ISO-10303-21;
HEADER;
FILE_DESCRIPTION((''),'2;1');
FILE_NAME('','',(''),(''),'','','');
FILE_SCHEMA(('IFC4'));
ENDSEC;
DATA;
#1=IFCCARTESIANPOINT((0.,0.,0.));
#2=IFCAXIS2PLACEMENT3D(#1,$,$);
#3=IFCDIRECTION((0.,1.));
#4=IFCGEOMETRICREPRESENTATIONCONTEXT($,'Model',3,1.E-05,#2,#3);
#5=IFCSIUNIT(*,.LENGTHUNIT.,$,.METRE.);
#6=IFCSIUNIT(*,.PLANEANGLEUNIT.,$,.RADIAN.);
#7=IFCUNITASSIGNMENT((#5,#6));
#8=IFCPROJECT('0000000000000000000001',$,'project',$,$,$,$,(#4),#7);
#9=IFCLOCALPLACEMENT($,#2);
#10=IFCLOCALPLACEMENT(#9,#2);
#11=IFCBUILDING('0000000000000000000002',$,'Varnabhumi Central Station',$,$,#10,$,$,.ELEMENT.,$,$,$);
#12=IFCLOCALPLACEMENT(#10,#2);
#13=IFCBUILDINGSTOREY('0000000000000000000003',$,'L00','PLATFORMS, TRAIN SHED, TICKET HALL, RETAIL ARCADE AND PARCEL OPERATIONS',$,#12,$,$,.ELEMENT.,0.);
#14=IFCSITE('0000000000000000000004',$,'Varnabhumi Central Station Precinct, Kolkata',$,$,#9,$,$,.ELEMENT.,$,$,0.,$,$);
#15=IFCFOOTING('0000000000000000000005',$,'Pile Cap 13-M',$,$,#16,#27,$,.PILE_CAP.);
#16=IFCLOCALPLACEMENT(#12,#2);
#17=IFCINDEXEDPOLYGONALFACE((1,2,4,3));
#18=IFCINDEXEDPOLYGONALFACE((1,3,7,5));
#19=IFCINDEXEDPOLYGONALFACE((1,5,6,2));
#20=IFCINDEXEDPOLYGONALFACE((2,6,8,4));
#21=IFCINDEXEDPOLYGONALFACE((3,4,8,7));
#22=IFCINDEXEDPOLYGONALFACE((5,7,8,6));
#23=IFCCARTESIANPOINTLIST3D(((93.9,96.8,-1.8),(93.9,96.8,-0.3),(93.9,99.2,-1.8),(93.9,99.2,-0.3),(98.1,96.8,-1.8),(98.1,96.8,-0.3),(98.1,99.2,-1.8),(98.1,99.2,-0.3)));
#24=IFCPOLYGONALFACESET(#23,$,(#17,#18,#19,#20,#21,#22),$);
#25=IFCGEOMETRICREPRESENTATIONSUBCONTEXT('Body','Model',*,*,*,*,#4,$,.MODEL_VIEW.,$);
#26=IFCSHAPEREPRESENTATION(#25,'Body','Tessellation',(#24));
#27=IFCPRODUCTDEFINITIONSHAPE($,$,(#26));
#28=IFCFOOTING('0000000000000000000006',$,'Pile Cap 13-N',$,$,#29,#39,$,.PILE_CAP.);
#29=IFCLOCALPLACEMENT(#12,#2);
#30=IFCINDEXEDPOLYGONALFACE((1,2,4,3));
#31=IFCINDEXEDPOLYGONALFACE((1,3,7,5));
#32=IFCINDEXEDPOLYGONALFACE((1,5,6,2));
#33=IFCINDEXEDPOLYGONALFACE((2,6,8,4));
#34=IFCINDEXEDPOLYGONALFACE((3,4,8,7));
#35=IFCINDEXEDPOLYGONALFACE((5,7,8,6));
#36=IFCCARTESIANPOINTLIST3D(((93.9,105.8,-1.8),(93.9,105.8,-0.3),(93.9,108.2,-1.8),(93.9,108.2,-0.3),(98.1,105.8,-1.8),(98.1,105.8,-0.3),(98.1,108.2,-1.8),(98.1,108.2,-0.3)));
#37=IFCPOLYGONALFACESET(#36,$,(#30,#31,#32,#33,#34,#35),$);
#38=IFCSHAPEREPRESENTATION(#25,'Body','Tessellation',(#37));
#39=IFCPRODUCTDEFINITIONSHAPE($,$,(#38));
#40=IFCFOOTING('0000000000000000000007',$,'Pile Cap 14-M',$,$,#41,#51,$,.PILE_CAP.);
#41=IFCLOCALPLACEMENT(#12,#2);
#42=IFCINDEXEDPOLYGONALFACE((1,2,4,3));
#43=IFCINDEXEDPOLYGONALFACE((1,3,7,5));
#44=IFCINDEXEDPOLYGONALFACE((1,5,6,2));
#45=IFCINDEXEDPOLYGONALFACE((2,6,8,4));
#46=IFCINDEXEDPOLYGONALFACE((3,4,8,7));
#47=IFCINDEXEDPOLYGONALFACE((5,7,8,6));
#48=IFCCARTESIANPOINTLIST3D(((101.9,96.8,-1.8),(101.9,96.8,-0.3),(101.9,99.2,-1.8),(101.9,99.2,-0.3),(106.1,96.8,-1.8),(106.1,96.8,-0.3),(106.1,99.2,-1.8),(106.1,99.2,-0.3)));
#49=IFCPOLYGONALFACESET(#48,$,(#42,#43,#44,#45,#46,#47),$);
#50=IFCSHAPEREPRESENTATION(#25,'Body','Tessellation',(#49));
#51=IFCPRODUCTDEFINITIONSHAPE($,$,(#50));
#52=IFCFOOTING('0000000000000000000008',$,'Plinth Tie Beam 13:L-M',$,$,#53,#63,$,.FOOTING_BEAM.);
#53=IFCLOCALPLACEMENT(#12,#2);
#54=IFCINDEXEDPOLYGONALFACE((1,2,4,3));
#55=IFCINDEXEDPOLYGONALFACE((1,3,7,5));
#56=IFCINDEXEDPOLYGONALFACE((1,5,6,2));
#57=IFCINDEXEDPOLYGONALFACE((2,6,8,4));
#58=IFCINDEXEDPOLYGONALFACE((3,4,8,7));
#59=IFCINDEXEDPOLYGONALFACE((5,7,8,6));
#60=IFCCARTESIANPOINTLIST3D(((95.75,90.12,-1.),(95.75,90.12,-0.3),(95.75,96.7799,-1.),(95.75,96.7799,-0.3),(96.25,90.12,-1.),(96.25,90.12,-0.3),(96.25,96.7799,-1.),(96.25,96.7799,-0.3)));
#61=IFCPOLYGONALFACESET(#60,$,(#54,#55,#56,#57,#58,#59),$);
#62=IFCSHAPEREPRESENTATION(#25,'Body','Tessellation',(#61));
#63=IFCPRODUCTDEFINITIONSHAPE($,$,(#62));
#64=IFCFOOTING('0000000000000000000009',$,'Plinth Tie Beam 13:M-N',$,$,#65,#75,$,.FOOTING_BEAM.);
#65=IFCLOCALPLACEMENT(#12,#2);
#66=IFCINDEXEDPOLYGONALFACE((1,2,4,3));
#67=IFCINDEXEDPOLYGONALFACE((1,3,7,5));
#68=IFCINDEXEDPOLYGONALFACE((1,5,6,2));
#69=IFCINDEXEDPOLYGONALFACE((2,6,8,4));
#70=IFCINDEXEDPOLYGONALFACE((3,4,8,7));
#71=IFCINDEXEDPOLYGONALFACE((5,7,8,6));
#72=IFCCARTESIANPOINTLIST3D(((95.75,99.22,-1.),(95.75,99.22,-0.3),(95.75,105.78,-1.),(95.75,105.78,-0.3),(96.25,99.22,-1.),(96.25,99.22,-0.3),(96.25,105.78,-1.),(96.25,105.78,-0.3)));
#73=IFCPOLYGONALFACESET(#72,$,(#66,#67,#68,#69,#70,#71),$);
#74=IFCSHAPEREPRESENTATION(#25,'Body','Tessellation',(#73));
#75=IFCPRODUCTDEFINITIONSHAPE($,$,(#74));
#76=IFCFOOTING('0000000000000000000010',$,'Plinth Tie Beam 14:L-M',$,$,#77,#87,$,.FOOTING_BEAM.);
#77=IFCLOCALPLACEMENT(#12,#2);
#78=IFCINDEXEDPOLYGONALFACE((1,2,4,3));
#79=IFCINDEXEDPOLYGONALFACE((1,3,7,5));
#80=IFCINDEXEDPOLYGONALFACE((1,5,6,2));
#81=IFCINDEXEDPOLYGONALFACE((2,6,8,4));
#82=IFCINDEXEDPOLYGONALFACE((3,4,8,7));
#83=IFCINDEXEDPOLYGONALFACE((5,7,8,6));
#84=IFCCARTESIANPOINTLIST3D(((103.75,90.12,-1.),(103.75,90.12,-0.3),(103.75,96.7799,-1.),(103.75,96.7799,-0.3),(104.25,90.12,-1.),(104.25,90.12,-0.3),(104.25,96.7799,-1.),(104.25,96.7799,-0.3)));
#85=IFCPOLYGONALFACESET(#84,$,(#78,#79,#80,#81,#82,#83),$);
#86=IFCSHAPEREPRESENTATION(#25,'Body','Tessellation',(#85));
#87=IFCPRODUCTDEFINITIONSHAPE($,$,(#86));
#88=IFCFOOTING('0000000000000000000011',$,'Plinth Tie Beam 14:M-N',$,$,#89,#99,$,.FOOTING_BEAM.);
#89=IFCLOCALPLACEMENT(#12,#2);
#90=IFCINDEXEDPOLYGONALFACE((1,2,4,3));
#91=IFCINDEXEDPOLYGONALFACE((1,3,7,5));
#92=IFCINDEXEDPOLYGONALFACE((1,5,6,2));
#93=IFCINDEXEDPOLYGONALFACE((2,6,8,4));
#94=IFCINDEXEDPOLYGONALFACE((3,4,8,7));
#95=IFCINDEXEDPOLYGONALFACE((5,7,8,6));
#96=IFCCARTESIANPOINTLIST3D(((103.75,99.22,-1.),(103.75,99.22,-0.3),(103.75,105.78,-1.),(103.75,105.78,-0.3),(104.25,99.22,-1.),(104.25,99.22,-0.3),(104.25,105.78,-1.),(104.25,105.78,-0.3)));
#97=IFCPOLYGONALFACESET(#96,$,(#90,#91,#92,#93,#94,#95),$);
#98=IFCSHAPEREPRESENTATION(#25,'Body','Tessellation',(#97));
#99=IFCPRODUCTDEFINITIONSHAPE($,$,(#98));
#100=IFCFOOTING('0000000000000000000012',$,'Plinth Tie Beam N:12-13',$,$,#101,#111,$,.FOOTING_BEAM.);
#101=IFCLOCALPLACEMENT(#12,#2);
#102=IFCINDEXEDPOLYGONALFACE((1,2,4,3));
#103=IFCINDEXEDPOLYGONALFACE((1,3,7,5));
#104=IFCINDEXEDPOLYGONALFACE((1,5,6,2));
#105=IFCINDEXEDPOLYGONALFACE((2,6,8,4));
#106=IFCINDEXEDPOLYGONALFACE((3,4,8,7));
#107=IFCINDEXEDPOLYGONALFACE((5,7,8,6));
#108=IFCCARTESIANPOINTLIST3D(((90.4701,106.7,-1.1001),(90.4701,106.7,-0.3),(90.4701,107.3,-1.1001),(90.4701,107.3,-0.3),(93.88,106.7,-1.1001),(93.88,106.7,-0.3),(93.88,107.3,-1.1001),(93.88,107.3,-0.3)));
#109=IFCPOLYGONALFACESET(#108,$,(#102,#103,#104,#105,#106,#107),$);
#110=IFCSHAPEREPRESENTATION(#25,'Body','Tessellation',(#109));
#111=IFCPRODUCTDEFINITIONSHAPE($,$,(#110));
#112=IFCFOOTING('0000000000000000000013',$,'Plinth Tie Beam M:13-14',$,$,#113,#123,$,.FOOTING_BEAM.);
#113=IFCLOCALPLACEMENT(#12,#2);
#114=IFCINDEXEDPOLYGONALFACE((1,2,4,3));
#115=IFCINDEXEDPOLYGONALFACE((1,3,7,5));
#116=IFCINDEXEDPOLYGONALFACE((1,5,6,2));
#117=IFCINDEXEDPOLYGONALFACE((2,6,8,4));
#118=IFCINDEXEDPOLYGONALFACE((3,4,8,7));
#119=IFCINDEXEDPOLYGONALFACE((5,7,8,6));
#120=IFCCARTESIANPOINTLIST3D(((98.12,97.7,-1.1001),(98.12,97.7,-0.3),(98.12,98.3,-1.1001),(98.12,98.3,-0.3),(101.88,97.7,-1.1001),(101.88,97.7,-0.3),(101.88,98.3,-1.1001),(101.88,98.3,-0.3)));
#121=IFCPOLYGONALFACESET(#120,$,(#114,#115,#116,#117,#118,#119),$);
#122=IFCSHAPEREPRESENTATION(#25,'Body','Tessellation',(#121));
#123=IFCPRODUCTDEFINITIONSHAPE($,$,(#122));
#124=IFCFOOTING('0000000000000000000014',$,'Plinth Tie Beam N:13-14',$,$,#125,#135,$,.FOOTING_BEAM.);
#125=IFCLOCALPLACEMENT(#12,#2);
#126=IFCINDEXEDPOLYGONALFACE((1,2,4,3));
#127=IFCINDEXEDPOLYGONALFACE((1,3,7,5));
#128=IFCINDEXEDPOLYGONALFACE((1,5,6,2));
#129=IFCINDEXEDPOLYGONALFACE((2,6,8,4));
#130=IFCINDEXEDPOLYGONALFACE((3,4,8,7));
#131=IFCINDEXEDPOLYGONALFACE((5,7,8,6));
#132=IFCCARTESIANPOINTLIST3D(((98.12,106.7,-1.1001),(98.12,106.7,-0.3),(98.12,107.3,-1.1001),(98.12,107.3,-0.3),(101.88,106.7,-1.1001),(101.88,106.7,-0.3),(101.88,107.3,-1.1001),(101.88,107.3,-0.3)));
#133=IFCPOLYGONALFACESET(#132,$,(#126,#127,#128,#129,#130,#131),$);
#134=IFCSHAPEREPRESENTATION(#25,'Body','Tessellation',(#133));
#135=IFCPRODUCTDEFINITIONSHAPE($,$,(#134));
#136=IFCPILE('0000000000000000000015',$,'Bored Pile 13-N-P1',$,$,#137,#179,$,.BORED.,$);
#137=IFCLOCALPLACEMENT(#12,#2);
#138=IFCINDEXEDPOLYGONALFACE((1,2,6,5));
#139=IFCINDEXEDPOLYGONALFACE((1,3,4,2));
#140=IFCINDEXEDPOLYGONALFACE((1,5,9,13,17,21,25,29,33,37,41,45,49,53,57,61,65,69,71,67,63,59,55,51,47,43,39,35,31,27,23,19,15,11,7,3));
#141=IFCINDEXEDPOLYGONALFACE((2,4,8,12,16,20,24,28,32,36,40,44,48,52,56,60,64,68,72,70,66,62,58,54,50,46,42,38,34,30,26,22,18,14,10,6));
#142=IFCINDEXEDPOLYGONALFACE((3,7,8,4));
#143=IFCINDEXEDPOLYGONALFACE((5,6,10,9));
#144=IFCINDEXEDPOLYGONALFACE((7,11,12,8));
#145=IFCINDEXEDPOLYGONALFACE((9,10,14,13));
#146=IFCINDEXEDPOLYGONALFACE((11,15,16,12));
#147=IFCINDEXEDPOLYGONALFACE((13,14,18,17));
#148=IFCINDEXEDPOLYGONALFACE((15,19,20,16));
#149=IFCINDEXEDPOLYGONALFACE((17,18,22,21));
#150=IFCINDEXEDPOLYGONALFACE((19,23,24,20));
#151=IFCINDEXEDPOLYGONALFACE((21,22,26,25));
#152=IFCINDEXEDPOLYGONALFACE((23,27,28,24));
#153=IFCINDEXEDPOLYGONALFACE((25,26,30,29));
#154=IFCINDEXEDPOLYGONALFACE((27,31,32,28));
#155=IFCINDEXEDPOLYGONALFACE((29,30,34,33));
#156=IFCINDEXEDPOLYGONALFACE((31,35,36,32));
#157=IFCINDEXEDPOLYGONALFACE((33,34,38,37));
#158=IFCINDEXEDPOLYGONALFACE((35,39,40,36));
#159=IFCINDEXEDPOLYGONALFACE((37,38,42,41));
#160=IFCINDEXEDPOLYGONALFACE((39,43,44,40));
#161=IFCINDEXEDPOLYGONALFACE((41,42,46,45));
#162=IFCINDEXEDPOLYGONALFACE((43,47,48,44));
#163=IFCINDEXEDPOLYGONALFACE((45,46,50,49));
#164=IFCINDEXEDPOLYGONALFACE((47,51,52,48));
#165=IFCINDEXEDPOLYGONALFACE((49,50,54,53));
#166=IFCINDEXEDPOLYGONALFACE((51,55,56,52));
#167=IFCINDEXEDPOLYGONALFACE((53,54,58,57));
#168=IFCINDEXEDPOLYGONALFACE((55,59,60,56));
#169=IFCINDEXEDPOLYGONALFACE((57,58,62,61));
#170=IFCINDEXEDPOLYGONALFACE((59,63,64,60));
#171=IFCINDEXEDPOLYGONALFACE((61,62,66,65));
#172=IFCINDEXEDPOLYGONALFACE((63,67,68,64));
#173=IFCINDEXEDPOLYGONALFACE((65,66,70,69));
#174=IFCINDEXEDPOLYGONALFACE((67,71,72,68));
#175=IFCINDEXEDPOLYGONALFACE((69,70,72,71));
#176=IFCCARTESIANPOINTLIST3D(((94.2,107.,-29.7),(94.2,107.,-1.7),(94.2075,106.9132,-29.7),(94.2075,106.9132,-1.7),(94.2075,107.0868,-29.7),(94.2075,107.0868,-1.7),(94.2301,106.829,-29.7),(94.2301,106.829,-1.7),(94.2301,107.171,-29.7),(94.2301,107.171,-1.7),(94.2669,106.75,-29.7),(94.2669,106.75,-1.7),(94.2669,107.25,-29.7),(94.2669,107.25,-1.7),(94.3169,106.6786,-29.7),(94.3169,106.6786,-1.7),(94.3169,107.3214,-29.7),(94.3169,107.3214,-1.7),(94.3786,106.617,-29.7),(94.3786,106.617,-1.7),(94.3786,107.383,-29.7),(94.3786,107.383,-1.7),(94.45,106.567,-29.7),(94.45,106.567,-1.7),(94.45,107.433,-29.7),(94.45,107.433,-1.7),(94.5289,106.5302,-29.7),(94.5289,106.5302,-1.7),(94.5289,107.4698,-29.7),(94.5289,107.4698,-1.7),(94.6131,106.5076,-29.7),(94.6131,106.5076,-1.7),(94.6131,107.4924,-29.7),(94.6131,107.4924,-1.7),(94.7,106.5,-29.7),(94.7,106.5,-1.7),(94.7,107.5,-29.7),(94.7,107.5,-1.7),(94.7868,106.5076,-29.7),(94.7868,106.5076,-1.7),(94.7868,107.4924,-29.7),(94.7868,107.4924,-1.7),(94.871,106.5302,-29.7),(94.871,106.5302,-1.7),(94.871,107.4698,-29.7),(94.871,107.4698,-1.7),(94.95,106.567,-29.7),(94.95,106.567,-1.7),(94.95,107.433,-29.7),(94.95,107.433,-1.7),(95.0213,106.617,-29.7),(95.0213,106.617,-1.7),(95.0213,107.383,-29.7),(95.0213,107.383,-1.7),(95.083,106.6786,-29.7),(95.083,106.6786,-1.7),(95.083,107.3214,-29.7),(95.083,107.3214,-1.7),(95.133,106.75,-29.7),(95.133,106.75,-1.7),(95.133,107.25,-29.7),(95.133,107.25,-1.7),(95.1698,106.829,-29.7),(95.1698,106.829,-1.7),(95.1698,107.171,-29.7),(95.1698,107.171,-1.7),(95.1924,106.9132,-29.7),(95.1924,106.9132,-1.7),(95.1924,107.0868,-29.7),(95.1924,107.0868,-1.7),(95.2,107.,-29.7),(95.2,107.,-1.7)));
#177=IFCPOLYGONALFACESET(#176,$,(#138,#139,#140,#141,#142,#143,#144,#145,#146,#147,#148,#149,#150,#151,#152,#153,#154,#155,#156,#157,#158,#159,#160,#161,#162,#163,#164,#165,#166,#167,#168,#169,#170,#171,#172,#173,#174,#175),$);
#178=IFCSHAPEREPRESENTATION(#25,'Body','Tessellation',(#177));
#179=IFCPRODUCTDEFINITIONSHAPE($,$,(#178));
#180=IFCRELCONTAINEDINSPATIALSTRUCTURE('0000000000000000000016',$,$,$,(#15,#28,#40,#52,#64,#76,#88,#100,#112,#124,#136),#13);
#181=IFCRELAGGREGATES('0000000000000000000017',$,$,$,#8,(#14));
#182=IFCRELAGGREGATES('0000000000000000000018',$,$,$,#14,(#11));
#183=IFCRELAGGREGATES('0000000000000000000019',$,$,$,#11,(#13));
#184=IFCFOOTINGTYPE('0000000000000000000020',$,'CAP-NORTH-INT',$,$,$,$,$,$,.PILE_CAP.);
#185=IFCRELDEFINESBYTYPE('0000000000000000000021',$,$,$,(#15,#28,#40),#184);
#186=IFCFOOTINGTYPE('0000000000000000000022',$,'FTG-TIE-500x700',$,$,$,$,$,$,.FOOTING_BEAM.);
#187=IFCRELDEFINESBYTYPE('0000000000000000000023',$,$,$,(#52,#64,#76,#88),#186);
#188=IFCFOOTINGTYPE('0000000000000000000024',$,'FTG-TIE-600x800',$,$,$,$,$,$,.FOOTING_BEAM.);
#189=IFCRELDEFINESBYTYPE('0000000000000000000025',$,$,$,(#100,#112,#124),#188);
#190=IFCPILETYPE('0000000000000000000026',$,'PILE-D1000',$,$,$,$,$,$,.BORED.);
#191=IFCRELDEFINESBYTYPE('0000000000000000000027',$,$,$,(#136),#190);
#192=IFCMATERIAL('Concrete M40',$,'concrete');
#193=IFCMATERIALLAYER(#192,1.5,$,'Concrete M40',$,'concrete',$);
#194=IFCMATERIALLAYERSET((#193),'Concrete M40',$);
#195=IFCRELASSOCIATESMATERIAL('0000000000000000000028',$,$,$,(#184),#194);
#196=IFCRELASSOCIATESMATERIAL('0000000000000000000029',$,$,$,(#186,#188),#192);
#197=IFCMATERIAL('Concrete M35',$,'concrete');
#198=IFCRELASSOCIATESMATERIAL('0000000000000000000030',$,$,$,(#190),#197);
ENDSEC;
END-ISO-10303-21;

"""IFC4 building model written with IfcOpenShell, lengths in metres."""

from ifc_helpers import new_model, si_unit, direction, frame, origin, origin_2d, place, context, subcontext, project, spatial, rectangle, circle, extrude, material, layer, layer_set, material_profile, profile_set, type_object, element, save


model = new_model("IFC4")

# Units and contexts
model_context = context("Model", 3, precision=1e-05, world=origin(), true_north=direction((0.0, 1.0)))
body_context = subcontext(model_context, "Body", "Model", "MODEL_VIEW")
ifc_project = project(units=[si_unit("LENGTHUNIT", "METRE"), si_unit("PLANEANGLEUNIT", "RADIAN")], contexts=[model_context])

# Site, building, storey
site_placement = place(None, origin())
site = spatial("IfcSite", under=ifc_project, at=site_placement, Name="Varnabhumi Central Station Precinct, Kolkata", CompositionType="ELEMENT", RefElevation=0.0)
building_placement = place(site_placement, origin())
building = spatial("IfcBuilding", under=site, at=building_placement, Name="Varnabhumi Central Station", CompositionType="ELEMENT")
storey_placement = place(building_placement, origin())
storey = spatial("IfcBuildingStorey", under=building, at=storey_placement, Name="L00", Description="PLATFORMS, TRAIN SHED, TICKET HALL, RETAIL ARCADE AND PARCEL OPERATIONS", CompositionType="ELEMENT", Elevation=0.0)

# Footings
ifc_material_1 = material(Name="Concrete M40", Category="concrete")
ifc_layer_1 = layer(ifc_material_1, 1.5, Name="Concrete M40", Category="concrete")
ifc_layer_set_1 = layer_set([ifc_layer_1], Name="Concrete M40")
footing_type_1 = type_object("IfcFootingType", Name="CAP-NORTH-INT", PredefinedType="PILE_CAP", material=ifc_layer_set_1)
for number, where, z_axis, x_axis, name in (
    (1, (96.0, 98.0, -1.8), (0.0, 0.0, 1.0), (1.0, 0.0, 0.0), "Pile Cap 13-M"),
    (2, (96.0, 107.0, -1.8), (0.0, 0.0, 1.0), (1.0, 0.0, 0.0), "Pile Cap 13-N"),
    (3, (104.0, 98.0, -1.8), (0.0, 0.0, 1.0), (1.0, 0.0, 0.0), "Pile Cap 14-M"),
):
    element("IfcFooting", number, at=place(storey_placement, frame(where, z_axis=z_axis, x_axis=x_axis)), inside=storey, type_object=footing_type_1, Name=name, PredefinedType="PILE_CAP", context=body_context, shape_type="SweptSolid", body=[
        extrude(rectangle(XDim=4.2, YDim=2.3999, at=origin_2d()), origin(), (0.0, 0.0, 1.0), 1.5),
    ])
footing_type_2 = type_object("IfcFootingType", Name="FTG-TIE-500x700", PredefinedType="FOOTING_BEAM", material=ifc_material_1)
footing_1_placement = place(storey_placement, frame((96.0, 93.45, -1.0), z_axis=(0.0, 0.0, 1.0), x_axis=(1.0, 0.0, 0.0)))
element("IfcFooting", 4, at=footing_1_placement, inside=storey, type_object=footing_type_2, Name="Plinth Tie Beam 13:L-M", PredefinedType="FOOTING_BEAM", context=body_context, shape_type="SweptSolid", body=[
    extrude(rectangle(XDim=0.5, YDim=6.6599, at=origin_2d()), origin(), (0.0, 0.0, 1.0), 0.7),
])
footing_2_placement = place(storey_placement, frame((96.0, 102.5, -1.0), z_axis=(0.0, 0.0, 1.0), x_axis=(1.0, 0.0, 0.0)))
element("IfcFooting", 5, at=footing_2_placement, inside=storey, type_object=footing_type_2, Name="Plinth Tie Beam 13:M-N", PredefinedType="FOOTING_BEAM", context=body_context, shape_type="SweptSolid", body=[
    extrude(rectangle(XDim=0.5, YDim=6.5601, at=origin_2d()), origin(), (0.0, 0.0, 1.0), 0.7),
])
footing_3_placement = place(storey_placement, frame((104.0, 93.45, -1.0), z_axis=(0.0, 0.0, 1.0), x_axis=(1.0, 0.0, 0.0)))
element("IfcFooting", 6, at=footing_3_placement, inside=storey, type_object=footing_type_2, Name="Plinth Tie Beam 14:L-M", PredefinedType="FOOTING_BEAM", context=body_context, shape_type="SweptSolid", body=[
    extrude(rectangle(XDim=0.5, YDim=6.6599, at=origin_2d()), origin(), (0.0, 0.0, 1.0), 0.7),
])
footing_4_placement = place(storey_placement, frame((104.0, 102.5, -1.0), z_axis=(0.0, 0.0, 1.0), x_axis=(1.0, 0.0, 0.0)))
element("IfcFooting", 7, at=footing_4_placement, inside=storey, type_object=footing_type_2, Name="Plinth Tie Beam 14:M-N", PredefinedType="FOOTING_BEAM", context=body_context, shape_type="SweptSolid", body=[
    extrude(rectangle(XDim=0.5, YDim=6.5601, at=origin_2d()), origin(), (0.0, 0.0, 1.0), 0.7),
])
footing_type_3 = type_object("IfcFootingType", Name="FTG-TIE-600x800", PredefinedType="FOOTING_BEAM", material=ifc_material_1)
footing_5_placement = place(storey_placement, frame((92.175, 107.0, -1.1001), z_axis=(0.0, 0.0, 1.0), x_axis=(1.0, 0.0, 0.0)))
element("IfcFooting", 8, at=footing_5_placement, inside=storey, type_object=footing_type_3, Name="Plinth Tie Beam N:12-13", PredefinedType="FOOTING_BEAM", context=body_context, shape_type="SweptSolid", body=[
    extrude(rectangle(XDim=3.4099, YDim=0.6001, at=origin_2d()), origin(), (0.0, 0.0, 1.0), 0.8),
])
for number, where, z_axis, x_axis, name in (
    (9, (100.0, 98.0, -1.1001), (0.0, 0.0, 1.0), (1.0, 0.0, 0.0), "Plinth Tie Beam M:13-14"),
    (10, (100.0, 107.0, -1.1001), (0.0, 0.0, 1.0), (1.0, 0.0, 0.0), "Plinth Tie Beam N:13-14"),
):
    element("IfcFooting", number, at=place(storey_placement, frame(where, z_axis=z_axis, x_axis=x_axis)), inside=storey, type_object=footing_type_3, Name=name, PredefinedType="FOOTING_BEAM", context=body_context, shape_type="SweptSolid", body=[
        extrude(rectangle(XDim=3.76, YDim=0.6001, at=origin_2d()), origin(), (0.0, 0.0, 1.0), 0.8),
    ])

# Pile
ifc_material_2 = material(Name="Concrete M35", Category="concrete")
ifc_material_profile_1 = material_profile(ifc_material_2, circle(Radius=0.5, at=origin_2d()), Name="Concrete M35", Category="concrete")
ifc_profile_set_1 = profile_set([ifc_material_profile_1], Name="Concrete M35")
pile_type_1 = type_object("IfcPileType", Name="PILE-D1000", PredefinedType="BORED", material=ifc_profile_set_1)
for number, where, z_axis, x_axis, name in (
    (11, (94.7, 107.0, -1.7), (0.0, 0.0, -1.0), (1.0, 0.0, 0.0), "Bored Pile 13-N-P1"),
):
    element("IfcPile", number, at=place(storey_placement, frame(where, z_axis=z_axis, x_axis=x_axis)), inside=storey, type_object=pile_type_1, Name=name, PredefinedType="BORED", context=body_context, shape_type="SweptSolid", body=[
        extrude(circle(Radius=0.5, at=origin_2d()), origin(), (0.0, 0.0, 1.0), 28.0),
    ])

save(model, "model.ifc")
